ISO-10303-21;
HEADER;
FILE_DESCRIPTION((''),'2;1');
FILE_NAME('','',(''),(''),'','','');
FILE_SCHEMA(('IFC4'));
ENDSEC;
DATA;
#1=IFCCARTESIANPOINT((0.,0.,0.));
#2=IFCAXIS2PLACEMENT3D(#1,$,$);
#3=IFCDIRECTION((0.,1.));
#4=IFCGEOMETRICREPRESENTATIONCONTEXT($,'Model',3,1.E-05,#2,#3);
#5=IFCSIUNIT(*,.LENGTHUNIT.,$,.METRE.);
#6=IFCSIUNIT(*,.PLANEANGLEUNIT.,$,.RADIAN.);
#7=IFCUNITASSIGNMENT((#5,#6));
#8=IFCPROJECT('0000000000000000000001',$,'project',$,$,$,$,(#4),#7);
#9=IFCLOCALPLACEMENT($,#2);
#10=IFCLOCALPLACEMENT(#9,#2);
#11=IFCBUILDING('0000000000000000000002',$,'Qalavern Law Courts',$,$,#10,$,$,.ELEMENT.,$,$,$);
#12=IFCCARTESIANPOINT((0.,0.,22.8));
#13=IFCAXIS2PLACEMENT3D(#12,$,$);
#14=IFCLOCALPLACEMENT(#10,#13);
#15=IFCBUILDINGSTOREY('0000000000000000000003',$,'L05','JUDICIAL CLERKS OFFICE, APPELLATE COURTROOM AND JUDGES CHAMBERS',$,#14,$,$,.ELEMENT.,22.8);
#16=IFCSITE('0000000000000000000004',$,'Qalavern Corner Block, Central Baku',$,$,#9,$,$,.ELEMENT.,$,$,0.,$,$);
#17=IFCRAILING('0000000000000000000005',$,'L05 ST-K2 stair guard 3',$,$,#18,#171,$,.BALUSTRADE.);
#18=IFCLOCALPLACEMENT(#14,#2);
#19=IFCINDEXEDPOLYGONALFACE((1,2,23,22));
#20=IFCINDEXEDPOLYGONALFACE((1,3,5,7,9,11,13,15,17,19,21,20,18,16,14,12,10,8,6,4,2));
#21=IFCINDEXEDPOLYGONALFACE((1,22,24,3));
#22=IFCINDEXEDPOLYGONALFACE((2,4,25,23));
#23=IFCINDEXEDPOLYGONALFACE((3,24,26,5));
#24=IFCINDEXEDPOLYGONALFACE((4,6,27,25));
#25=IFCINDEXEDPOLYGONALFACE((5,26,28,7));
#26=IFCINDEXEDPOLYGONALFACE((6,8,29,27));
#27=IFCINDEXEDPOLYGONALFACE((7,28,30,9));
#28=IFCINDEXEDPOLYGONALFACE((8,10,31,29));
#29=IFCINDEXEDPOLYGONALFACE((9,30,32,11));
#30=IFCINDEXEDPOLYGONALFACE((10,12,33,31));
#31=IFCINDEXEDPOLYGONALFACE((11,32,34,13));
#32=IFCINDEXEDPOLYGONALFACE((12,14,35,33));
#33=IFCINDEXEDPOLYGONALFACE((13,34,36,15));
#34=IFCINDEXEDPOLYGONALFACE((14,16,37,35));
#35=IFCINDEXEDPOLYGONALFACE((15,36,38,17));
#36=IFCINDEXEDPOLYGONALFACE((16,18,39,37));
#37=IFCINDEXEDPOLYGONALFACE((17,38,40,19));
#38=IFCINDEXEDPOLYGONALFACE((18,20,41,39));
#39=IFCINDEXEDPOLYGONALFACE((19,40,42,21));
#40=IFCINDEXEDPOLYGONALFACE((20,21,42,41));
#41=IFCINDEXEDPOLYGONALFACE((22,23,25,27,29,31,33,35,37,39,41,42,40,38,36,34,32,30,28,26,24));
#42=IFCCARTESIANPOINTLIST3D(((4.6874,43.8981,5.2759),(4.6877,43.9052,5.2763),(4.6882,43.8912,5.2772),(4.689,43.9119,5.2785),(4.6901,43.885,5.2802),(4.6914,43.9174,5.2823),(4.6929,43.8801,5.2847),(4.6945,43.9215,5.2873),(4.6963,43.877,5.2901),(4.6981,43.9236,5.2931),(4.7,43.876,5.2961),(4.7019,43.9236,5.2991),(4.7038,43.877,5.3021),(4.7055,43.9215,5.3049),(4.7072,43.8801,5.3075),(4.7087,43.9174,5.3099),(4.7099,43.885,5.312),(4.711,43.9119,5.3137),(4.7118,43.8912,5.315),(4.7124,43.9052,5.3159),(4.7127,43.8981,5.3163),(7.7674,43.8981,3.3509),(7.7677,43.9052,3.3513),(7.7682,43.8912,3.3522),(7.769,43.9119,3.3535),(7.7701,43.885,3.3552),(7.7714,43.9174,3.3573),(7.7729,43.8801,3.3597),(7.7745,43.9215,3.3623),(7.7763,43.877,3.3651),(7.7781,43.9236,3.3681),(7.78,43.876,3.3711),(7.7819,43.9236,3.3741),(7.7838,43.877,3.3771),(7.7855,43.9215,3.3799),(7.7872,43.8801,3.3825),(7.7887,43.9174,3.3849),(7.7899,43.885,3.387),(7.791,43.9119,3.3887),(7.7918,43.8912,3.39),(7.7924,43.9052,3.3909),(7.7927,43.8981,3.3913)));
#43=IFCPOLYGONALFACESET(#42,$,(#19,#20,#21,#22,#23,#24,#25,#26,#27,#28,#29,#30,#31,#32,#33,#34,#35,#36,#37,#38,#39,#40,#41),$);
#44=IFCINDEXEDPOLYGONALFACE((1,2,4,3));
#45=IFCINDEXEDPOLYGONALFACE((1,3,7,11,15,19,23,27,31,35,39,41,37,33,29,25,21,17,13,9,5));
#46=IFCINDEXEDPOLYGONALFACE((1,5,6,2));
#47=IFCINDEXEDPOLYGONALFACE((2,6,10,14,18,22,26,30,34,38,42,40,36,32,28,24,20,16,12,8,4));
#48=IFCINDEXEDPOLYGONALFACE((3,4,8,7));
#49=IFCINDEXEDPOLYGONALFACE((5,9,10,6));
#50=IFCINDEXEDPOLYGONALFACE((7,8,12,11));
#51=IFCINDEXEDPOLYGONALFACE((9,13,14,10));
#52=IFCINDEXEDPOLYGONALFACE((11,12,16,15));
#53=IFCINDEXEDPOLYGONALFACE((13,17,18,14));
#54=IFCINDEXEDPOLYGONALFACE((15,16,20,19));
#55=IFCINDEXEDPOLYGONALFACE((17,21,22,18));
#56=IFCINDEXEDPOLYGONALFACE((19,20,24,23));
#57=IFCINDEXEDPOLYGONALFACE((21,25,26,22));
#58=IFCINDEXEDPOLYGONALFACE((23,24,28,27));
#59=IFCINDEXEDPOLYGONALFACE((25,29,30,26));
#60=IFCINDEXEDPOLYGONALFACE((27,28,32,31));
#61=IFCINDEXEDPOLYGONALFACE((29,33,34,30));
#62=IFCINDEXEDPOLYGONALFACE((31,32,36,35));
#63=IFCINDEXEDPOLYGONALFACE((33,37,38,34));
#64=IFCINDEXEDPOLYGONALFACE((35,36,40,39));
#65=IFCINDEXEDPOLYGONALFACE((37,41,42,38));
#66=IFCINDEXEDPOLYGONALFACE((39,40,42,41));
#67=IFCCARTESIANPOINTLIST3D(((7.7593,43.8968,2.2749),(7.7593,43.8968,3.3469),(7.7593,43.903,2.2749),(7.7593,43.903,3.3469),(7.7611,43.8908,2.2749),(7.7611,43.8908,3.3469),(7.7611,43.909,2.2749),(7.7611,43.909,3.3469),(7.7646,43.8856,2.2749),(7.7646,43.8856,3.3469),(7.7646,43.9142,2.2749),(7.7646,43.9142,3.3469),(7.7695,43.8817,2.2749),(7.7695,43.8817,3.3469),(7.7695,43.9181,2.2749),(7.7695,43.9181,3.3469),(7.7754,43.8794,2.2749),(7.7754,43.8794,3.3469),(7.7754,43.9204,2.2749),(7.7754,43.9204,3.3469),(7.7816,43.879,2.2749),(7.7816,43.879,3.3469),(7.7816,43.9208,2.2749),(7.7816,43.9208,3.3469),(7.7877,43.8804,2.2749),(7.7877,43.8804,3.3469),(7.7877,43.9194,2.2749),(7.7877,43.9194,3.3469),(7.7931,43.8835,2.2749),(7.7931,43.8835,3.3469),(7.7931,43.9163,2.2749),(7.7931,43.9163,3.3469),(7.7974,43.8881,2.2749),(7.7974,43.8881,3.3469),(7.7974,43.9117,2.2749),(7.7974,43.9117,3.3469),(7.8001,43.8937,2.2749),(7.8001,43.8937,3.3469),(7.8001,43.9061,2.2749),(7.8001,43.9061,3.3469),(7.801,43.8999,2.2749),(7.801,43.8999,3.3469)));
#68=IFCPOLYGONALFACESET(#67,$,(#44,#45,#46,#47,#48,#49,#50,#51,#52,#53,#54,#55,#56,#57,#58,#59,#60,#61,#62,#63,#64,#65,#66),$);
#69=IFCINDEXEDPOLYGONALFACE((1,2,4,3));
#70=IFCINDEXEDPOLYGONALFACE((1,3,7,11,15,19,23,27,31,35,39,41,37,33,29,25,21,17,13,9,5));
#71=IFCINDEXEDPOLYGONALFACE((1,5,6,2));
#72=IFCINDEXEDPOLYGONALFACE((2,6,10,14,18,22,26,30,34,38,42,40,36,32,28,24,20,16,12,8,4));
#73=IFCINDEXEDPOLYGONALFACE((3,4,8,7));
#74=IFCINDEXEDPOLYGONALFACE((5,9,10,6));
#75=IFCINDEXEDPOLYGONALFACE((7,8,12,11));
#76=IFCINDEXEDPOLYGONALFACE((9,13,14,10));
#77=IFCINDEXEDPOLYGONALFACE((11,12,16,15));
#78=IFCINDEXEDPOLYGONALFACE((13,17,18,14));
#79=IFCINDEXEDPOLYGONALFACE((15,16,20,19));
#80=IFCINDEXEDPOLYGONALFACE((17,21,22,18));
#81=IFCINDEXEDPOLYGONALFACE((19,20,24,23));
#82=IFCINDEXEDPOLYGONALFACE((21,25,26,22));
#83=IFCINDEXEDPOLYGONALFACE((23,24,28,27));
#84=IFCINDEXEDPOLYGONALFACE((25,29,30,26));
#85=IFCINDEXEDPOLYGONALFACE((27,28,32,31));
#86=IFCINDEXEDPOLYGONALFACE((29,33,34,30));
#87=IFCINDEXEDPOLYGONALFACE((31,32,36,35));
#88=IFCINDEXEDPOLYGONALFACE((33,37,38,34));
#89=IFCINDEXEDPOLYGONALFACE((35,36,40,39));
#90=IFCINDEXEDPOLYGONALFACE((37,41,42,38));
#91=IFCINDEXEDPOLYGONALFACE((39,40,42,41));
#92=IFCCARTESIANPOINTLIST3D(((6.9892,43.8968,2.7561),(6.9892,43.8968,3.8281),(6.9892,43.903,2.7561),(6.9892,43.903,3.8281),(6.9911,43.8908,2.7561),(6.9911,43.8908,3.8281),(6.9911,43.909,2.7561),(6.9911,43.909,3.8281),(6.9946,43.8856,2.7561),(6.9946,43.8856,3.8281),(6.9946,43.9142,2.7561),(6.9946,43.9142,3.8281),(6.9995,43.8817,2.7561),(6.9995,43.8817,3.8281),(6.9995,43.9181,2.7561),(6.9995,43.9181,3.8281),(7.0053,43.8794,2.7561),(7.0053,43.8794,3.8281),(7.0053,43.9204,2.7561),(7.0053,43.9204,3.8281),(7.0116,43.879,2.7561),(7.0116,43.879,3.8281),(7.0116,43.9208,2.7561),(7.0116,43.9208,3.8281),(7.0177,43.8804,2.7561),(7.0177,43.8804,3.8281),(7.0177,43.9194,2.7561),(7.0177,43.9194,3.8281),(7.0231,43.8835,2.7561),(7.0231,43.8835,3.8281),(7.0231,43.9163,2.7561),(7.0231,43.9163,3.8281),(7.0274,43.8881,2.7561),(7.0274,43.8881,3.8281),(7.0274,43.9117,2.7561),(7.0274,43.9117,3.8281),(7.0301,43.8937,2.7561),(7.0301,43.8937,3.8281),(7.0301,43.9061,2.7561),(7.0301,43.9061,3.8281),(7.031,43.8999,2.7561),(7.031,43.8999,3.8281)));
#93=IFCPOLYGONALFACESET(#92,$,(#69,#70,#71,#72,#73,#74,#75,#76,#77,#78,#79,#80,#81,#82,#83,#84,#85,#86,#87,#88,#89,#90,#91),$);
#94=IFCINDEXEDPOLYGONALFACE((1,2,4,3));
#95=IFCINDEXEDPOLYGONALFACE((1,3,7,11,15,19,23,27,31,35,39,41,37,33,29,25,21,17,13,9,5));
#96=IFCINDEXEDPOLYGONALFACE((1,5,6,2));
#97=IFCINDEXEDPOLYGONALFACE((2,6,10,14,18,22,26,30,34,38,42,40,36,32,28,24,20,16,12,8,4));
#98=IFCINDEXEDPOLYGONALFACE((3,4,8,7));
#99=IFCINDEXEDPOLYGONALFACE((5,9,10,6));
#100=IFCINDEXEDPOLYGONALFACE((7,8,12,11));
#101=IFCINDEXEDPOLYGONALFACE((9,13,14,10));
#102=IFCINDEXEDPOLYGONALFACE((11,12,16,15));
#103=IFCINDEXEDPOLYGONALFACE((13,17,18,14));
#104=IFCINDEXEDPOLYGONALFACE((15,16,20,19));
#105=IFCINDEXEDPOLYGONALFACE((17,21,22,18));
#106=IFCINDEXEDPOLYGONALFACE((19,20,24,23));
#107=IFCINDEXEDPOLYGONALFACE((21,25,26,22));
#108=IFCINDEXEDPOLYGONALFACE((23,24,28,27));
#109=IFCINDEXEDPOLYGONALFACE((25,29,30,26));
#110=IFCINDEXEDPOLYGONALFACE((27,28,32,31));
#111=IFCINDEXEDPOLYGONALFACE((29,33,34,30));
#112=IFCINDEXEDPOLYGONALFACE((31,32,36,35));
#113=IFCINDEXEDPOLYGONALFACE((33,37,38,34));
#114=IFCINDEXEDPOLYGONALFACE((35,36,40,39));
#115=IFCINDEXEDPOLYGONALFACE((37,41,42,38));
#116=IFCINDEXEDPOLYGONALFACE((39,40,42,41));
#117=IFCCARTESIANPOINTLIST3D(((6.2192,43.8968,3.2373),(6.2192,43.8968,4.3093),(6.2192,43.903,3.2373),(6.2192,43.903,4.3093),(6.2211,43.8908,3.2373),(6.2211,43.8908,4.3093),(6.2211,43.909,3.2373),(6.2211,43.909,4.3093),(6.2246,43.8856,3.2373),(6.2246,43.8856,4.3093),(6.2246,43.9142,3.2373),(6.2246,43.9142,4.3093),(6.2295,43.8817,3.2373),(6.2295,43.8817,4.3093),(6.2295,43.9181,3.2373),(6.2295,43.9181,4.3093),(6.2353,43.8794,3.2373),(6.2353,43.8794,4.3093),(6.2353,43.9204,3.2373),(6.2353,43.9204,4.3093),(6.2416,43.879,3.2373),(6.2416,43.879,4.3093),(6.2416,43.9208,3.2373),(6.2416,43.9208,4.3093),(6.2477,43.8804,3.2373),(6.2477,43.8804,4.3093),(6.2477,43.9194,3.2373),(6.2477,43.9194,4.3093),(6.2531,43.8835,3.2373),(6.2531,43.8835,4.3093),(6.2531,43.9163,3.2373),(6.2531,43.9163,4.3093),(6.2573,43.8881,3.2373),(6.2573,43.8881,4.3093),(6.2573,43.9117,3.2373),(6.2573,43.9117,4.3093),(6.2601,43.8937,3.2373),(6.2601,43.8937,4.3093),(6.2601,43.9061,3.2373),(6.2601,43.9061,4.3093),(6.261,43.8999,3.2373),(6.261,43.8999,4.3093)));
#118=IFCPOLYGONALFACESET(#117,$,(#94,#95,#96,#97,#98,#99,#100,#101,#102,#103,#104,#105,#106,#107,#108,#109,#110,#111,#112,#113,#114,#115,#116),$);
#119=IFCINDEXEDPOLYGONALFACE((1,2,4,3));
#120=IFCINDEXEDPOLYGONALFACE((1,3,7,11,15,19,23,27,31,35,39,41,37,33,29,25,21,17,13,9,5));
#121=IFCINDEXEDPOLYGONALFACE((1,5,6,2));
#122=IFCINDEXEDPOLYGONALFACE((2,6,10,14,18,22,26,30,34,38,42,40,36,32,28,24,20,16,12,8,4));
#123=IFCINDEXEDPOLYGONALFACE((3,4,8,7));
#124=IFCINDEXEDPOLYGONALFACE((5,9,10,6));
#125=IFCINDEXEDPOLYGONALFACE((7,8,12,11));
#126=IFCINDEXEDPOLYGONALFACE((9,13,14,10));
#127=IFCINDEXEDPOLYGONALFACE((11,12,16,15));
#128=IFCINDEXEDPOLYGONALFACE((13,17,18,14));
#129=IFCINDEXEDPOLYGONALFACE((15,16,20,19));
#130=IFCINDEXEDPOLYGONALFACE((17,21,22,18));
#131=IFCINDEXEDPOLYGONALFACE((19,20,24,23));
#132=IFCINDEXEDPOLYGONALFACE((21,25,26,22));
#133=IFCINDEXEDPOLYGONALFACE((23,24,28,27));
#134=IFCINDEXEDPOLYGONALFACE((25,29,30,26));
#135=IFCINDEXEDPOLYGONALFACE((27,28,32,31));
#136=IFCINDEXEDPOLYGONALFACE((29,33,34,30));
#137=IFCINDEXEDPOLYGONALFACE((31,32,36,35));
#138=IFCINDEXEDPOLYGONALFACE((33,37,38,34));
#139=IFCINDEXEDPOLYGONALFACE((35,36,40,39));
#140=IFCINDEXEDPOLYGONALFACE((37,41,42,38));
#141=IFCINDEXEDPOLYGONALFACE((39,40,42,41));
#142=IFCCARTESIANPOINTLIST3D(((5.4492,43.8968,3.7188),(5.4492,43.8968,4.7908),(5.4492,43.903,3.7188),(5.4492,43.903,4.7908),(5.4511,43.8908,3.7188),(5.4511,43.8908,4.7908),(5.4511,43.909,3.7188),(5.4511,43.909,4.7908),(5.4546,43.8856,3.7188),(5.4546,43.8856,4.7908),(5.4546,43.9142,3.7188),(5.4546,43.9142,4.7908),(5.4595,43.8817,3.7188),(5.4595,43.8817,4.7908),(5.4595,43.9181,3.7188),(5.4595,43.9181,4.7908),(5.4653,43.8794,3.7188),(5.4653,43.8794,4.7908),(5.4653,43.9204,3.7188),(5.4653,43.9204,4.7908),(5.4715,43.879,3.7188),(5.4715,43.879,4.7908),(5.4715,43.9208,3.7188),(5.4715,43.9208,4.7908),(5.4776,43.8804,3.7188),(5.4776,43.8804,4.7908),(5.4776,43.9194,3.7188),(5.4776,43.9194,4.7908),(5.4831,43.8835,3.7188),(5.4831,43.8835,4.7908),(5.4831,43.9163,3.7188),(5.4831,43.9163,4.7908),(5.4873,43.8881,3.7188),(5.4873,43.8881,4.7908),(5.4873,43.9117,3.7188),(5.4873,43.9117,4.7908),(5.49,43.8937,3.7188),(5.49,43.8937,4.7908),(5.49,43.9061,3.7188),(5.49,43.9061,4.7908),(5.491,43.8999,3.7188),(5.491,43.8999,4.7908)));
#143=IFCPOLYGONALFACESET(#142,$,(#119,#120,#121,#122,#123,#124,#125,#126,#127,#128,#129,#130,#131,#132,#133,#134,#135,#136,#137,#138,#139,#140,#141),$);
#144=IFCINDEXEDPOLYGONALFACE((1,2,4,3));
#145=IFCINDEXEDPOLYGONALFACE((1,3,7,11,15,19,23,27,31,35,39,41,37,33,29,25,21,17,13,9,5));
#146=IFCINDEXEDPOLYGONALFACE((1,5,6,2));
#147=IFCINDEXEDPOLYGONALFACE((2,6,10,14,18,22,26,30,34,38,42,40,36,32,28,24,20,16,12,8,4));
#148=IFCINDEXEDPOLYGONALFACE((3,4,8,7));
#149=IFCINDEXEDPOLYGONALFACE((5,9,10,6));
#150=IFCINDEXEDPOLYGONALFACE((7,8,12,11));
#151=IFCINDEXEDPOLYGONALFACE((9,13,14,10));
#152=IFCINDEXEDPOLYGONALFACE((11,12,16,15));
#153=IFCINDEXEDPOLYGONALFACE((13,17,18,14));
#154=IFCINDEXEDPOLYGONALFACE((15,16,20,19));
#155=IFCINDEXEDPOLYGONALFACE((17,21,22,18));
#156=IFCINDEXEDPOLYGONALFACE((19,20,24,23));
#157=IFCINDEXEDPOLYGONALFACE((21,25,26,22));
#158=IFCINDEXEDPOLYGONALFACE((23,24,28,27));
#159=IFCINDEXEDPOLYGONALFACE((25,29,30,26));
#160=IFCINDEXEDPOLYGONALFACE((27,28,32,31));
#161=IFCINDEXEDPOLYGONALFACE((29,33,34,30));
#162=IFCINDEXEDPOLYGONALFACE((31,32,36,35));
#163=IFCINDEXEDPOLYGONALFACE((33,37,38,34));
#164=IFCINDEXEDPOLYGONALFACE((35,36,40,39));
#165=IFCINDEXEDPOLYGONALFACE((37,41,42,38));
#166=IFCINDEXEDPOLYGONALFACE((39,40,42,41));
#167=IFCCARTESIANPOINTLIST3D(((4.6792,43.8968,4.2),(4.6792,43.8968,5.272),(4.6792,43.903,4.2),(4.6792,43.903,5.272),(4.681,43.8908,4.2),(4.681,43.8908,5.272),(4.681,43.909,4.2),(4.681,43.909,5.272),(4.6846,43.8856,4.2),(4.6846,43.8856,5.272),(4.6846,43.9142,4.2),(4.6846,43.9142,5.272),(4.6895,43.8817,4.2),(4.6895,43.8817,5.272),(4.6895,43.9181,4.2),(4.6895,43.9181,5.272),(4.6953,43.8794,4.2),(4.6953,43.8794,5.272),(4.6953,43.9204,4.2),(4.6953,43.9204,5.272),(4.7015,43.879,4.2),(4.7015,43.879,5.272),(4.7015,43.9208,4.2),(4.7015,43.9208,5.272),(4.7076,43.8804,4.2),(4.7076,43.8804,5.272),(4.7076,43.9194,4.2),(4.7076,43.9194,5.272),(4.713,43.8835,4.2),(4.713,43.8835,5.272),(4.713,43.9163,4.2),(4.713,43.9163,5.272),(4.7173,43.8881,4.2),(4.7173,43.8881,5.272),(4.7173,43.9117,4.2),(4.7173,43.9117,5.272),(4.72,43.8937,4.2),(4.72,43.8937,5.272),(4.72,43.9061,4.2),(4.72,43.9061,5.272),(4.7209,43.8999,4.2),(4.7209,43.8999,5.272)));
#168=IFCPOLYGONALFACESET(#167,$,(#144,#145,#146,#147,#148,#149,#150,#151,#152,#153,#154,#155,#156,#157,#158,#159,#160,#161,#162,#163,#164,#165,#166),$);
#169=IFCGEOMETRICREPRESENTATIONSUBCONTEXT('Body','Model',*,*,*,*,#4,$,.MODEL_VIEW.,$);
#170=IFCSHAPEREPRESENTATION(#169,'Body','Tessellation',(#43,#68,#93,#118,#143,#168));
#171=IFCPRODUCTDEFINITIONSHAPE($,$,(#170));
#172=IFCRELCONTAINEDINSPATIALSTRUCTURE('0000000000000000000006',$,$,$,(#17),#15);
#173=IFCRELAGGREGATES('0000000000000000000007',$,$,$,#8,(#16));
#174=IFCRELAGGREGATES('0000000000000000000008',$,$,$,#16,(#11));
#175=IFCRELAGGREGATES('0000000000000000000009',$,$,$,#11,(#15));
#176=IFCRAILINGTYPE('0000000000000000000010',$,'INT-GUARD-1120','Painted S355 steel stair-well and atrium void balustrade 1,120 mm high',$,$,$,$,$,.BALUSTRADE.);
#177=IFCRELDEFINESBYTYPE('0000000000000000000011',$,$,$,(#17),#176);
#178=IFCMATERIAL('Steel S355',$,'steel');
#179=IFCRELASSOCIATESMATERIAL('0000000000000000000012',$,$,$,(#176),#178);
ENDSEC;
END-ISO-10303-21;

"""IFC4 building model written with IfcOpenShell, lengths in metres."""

from ifc_helpers import new_model, si_unit, direction, frame, origin, origin_2d, place, context, subcontext, project, spatial, circle, extrude, material, type_object, element, save


model = new_model("IFC4")

# Units and contexts
model_context = context("Model", 3, precision=1e-05, world=origin(), true_north=direction((0.0, 1.0)))
body_context = subcontext(model_context, "Body", "Model", "MODEL_VIEW")
ifc_project = project(units=[si_unit("LENGTHUNIT", "METRE"), si_unit("PLANEANGLEUNIT", "RADIAN")], contexts=[model_context])

# Site, building, storey
site_placement = place(None, origin())
site = spatial("IfcSite", under=ifc_project, at=site_placement, Name="Qalavern Corner Block, Central Baku", CompositionType="ELEMENT", RefElevation=0.0)
building_placement = place(site_placement, origin())
building = spatial("IfcBuilding", under=site, at=building_placement, Name="Qalavern Law Courts", CompositionType="ELEMENT")
storey_placement = place(building_placement, frame((0.0, 0.0, 22.8)))
storey = spatial("IfcBuildingStorey", under=building, at=storey_placement, Name="L05", Description="JUDICIAL CLERKS OFFICE, APPELLATE COURTROOM AND JUDGES CHAMBERS", CompositionType="ELEMENT", Elevation=22.8)

# Shared definitions
ifc_material_1 = material(Name="Steel S355", Category="steel")

# Railing
railing_type_1 = type_object("IfcRailingType", Name="INT-GUARD-1120", Description="Painted S355 steel stair-well and atrium void balustrade 1,120 mm high", PredefinedType="BALUSTRADE", material=ifc_material_1)
railing_1_placement = place(storey_placement, frame((7.78, 43.8999, 2.2749)))
element("IfcRailing", 1, at=railing_1_placement, inside=storey, type_object=railing_type_1, Name="L05 ST-K2 stair guard 3", PredefinedType="BALUSTRADE", context=body_context, shape_type="SweptSolid", body=[
    extrude(circle(Radius=0.0239, at=origin_2d()), frame((0.0, 0.0, 1.0962), z_axis=(-0.847998, 0.0, 0.529999), x_axis=(0.0, -1.0, 0.0)), (0.0, 0.0, 1.0), 3.6321),
    extrude(circle(Radius=0.021, at=origin_2d()), origin(), (0.0, 0.0, 1.0), 1.072),
    extrude(circle(Radius=0.021, at=origin_2d()), frame((-0.77, 0.0, 0.4812)), (0.0, 0.0, 1.0), 1.072),
    extrude(circle(Radius=0.021, at=origin_2d()), frame((-1.54, 0.0, 0.9624)), (0.0, 0.0, 1.0), 1.072),
    extrude(circle(Radius=0.021, at=origin_2d()), frame((-2.3101, 0.0, 1.4438)), (0.0, 0.0, 1.0), 1.072),
    extrude(circle(Radius=0.021, at=origin_2d()), frame((-3.0801, 0.0, 1.925)), (0.0, 0.0, 1.0), 1.072),
])

save(model, "model.ifc")
